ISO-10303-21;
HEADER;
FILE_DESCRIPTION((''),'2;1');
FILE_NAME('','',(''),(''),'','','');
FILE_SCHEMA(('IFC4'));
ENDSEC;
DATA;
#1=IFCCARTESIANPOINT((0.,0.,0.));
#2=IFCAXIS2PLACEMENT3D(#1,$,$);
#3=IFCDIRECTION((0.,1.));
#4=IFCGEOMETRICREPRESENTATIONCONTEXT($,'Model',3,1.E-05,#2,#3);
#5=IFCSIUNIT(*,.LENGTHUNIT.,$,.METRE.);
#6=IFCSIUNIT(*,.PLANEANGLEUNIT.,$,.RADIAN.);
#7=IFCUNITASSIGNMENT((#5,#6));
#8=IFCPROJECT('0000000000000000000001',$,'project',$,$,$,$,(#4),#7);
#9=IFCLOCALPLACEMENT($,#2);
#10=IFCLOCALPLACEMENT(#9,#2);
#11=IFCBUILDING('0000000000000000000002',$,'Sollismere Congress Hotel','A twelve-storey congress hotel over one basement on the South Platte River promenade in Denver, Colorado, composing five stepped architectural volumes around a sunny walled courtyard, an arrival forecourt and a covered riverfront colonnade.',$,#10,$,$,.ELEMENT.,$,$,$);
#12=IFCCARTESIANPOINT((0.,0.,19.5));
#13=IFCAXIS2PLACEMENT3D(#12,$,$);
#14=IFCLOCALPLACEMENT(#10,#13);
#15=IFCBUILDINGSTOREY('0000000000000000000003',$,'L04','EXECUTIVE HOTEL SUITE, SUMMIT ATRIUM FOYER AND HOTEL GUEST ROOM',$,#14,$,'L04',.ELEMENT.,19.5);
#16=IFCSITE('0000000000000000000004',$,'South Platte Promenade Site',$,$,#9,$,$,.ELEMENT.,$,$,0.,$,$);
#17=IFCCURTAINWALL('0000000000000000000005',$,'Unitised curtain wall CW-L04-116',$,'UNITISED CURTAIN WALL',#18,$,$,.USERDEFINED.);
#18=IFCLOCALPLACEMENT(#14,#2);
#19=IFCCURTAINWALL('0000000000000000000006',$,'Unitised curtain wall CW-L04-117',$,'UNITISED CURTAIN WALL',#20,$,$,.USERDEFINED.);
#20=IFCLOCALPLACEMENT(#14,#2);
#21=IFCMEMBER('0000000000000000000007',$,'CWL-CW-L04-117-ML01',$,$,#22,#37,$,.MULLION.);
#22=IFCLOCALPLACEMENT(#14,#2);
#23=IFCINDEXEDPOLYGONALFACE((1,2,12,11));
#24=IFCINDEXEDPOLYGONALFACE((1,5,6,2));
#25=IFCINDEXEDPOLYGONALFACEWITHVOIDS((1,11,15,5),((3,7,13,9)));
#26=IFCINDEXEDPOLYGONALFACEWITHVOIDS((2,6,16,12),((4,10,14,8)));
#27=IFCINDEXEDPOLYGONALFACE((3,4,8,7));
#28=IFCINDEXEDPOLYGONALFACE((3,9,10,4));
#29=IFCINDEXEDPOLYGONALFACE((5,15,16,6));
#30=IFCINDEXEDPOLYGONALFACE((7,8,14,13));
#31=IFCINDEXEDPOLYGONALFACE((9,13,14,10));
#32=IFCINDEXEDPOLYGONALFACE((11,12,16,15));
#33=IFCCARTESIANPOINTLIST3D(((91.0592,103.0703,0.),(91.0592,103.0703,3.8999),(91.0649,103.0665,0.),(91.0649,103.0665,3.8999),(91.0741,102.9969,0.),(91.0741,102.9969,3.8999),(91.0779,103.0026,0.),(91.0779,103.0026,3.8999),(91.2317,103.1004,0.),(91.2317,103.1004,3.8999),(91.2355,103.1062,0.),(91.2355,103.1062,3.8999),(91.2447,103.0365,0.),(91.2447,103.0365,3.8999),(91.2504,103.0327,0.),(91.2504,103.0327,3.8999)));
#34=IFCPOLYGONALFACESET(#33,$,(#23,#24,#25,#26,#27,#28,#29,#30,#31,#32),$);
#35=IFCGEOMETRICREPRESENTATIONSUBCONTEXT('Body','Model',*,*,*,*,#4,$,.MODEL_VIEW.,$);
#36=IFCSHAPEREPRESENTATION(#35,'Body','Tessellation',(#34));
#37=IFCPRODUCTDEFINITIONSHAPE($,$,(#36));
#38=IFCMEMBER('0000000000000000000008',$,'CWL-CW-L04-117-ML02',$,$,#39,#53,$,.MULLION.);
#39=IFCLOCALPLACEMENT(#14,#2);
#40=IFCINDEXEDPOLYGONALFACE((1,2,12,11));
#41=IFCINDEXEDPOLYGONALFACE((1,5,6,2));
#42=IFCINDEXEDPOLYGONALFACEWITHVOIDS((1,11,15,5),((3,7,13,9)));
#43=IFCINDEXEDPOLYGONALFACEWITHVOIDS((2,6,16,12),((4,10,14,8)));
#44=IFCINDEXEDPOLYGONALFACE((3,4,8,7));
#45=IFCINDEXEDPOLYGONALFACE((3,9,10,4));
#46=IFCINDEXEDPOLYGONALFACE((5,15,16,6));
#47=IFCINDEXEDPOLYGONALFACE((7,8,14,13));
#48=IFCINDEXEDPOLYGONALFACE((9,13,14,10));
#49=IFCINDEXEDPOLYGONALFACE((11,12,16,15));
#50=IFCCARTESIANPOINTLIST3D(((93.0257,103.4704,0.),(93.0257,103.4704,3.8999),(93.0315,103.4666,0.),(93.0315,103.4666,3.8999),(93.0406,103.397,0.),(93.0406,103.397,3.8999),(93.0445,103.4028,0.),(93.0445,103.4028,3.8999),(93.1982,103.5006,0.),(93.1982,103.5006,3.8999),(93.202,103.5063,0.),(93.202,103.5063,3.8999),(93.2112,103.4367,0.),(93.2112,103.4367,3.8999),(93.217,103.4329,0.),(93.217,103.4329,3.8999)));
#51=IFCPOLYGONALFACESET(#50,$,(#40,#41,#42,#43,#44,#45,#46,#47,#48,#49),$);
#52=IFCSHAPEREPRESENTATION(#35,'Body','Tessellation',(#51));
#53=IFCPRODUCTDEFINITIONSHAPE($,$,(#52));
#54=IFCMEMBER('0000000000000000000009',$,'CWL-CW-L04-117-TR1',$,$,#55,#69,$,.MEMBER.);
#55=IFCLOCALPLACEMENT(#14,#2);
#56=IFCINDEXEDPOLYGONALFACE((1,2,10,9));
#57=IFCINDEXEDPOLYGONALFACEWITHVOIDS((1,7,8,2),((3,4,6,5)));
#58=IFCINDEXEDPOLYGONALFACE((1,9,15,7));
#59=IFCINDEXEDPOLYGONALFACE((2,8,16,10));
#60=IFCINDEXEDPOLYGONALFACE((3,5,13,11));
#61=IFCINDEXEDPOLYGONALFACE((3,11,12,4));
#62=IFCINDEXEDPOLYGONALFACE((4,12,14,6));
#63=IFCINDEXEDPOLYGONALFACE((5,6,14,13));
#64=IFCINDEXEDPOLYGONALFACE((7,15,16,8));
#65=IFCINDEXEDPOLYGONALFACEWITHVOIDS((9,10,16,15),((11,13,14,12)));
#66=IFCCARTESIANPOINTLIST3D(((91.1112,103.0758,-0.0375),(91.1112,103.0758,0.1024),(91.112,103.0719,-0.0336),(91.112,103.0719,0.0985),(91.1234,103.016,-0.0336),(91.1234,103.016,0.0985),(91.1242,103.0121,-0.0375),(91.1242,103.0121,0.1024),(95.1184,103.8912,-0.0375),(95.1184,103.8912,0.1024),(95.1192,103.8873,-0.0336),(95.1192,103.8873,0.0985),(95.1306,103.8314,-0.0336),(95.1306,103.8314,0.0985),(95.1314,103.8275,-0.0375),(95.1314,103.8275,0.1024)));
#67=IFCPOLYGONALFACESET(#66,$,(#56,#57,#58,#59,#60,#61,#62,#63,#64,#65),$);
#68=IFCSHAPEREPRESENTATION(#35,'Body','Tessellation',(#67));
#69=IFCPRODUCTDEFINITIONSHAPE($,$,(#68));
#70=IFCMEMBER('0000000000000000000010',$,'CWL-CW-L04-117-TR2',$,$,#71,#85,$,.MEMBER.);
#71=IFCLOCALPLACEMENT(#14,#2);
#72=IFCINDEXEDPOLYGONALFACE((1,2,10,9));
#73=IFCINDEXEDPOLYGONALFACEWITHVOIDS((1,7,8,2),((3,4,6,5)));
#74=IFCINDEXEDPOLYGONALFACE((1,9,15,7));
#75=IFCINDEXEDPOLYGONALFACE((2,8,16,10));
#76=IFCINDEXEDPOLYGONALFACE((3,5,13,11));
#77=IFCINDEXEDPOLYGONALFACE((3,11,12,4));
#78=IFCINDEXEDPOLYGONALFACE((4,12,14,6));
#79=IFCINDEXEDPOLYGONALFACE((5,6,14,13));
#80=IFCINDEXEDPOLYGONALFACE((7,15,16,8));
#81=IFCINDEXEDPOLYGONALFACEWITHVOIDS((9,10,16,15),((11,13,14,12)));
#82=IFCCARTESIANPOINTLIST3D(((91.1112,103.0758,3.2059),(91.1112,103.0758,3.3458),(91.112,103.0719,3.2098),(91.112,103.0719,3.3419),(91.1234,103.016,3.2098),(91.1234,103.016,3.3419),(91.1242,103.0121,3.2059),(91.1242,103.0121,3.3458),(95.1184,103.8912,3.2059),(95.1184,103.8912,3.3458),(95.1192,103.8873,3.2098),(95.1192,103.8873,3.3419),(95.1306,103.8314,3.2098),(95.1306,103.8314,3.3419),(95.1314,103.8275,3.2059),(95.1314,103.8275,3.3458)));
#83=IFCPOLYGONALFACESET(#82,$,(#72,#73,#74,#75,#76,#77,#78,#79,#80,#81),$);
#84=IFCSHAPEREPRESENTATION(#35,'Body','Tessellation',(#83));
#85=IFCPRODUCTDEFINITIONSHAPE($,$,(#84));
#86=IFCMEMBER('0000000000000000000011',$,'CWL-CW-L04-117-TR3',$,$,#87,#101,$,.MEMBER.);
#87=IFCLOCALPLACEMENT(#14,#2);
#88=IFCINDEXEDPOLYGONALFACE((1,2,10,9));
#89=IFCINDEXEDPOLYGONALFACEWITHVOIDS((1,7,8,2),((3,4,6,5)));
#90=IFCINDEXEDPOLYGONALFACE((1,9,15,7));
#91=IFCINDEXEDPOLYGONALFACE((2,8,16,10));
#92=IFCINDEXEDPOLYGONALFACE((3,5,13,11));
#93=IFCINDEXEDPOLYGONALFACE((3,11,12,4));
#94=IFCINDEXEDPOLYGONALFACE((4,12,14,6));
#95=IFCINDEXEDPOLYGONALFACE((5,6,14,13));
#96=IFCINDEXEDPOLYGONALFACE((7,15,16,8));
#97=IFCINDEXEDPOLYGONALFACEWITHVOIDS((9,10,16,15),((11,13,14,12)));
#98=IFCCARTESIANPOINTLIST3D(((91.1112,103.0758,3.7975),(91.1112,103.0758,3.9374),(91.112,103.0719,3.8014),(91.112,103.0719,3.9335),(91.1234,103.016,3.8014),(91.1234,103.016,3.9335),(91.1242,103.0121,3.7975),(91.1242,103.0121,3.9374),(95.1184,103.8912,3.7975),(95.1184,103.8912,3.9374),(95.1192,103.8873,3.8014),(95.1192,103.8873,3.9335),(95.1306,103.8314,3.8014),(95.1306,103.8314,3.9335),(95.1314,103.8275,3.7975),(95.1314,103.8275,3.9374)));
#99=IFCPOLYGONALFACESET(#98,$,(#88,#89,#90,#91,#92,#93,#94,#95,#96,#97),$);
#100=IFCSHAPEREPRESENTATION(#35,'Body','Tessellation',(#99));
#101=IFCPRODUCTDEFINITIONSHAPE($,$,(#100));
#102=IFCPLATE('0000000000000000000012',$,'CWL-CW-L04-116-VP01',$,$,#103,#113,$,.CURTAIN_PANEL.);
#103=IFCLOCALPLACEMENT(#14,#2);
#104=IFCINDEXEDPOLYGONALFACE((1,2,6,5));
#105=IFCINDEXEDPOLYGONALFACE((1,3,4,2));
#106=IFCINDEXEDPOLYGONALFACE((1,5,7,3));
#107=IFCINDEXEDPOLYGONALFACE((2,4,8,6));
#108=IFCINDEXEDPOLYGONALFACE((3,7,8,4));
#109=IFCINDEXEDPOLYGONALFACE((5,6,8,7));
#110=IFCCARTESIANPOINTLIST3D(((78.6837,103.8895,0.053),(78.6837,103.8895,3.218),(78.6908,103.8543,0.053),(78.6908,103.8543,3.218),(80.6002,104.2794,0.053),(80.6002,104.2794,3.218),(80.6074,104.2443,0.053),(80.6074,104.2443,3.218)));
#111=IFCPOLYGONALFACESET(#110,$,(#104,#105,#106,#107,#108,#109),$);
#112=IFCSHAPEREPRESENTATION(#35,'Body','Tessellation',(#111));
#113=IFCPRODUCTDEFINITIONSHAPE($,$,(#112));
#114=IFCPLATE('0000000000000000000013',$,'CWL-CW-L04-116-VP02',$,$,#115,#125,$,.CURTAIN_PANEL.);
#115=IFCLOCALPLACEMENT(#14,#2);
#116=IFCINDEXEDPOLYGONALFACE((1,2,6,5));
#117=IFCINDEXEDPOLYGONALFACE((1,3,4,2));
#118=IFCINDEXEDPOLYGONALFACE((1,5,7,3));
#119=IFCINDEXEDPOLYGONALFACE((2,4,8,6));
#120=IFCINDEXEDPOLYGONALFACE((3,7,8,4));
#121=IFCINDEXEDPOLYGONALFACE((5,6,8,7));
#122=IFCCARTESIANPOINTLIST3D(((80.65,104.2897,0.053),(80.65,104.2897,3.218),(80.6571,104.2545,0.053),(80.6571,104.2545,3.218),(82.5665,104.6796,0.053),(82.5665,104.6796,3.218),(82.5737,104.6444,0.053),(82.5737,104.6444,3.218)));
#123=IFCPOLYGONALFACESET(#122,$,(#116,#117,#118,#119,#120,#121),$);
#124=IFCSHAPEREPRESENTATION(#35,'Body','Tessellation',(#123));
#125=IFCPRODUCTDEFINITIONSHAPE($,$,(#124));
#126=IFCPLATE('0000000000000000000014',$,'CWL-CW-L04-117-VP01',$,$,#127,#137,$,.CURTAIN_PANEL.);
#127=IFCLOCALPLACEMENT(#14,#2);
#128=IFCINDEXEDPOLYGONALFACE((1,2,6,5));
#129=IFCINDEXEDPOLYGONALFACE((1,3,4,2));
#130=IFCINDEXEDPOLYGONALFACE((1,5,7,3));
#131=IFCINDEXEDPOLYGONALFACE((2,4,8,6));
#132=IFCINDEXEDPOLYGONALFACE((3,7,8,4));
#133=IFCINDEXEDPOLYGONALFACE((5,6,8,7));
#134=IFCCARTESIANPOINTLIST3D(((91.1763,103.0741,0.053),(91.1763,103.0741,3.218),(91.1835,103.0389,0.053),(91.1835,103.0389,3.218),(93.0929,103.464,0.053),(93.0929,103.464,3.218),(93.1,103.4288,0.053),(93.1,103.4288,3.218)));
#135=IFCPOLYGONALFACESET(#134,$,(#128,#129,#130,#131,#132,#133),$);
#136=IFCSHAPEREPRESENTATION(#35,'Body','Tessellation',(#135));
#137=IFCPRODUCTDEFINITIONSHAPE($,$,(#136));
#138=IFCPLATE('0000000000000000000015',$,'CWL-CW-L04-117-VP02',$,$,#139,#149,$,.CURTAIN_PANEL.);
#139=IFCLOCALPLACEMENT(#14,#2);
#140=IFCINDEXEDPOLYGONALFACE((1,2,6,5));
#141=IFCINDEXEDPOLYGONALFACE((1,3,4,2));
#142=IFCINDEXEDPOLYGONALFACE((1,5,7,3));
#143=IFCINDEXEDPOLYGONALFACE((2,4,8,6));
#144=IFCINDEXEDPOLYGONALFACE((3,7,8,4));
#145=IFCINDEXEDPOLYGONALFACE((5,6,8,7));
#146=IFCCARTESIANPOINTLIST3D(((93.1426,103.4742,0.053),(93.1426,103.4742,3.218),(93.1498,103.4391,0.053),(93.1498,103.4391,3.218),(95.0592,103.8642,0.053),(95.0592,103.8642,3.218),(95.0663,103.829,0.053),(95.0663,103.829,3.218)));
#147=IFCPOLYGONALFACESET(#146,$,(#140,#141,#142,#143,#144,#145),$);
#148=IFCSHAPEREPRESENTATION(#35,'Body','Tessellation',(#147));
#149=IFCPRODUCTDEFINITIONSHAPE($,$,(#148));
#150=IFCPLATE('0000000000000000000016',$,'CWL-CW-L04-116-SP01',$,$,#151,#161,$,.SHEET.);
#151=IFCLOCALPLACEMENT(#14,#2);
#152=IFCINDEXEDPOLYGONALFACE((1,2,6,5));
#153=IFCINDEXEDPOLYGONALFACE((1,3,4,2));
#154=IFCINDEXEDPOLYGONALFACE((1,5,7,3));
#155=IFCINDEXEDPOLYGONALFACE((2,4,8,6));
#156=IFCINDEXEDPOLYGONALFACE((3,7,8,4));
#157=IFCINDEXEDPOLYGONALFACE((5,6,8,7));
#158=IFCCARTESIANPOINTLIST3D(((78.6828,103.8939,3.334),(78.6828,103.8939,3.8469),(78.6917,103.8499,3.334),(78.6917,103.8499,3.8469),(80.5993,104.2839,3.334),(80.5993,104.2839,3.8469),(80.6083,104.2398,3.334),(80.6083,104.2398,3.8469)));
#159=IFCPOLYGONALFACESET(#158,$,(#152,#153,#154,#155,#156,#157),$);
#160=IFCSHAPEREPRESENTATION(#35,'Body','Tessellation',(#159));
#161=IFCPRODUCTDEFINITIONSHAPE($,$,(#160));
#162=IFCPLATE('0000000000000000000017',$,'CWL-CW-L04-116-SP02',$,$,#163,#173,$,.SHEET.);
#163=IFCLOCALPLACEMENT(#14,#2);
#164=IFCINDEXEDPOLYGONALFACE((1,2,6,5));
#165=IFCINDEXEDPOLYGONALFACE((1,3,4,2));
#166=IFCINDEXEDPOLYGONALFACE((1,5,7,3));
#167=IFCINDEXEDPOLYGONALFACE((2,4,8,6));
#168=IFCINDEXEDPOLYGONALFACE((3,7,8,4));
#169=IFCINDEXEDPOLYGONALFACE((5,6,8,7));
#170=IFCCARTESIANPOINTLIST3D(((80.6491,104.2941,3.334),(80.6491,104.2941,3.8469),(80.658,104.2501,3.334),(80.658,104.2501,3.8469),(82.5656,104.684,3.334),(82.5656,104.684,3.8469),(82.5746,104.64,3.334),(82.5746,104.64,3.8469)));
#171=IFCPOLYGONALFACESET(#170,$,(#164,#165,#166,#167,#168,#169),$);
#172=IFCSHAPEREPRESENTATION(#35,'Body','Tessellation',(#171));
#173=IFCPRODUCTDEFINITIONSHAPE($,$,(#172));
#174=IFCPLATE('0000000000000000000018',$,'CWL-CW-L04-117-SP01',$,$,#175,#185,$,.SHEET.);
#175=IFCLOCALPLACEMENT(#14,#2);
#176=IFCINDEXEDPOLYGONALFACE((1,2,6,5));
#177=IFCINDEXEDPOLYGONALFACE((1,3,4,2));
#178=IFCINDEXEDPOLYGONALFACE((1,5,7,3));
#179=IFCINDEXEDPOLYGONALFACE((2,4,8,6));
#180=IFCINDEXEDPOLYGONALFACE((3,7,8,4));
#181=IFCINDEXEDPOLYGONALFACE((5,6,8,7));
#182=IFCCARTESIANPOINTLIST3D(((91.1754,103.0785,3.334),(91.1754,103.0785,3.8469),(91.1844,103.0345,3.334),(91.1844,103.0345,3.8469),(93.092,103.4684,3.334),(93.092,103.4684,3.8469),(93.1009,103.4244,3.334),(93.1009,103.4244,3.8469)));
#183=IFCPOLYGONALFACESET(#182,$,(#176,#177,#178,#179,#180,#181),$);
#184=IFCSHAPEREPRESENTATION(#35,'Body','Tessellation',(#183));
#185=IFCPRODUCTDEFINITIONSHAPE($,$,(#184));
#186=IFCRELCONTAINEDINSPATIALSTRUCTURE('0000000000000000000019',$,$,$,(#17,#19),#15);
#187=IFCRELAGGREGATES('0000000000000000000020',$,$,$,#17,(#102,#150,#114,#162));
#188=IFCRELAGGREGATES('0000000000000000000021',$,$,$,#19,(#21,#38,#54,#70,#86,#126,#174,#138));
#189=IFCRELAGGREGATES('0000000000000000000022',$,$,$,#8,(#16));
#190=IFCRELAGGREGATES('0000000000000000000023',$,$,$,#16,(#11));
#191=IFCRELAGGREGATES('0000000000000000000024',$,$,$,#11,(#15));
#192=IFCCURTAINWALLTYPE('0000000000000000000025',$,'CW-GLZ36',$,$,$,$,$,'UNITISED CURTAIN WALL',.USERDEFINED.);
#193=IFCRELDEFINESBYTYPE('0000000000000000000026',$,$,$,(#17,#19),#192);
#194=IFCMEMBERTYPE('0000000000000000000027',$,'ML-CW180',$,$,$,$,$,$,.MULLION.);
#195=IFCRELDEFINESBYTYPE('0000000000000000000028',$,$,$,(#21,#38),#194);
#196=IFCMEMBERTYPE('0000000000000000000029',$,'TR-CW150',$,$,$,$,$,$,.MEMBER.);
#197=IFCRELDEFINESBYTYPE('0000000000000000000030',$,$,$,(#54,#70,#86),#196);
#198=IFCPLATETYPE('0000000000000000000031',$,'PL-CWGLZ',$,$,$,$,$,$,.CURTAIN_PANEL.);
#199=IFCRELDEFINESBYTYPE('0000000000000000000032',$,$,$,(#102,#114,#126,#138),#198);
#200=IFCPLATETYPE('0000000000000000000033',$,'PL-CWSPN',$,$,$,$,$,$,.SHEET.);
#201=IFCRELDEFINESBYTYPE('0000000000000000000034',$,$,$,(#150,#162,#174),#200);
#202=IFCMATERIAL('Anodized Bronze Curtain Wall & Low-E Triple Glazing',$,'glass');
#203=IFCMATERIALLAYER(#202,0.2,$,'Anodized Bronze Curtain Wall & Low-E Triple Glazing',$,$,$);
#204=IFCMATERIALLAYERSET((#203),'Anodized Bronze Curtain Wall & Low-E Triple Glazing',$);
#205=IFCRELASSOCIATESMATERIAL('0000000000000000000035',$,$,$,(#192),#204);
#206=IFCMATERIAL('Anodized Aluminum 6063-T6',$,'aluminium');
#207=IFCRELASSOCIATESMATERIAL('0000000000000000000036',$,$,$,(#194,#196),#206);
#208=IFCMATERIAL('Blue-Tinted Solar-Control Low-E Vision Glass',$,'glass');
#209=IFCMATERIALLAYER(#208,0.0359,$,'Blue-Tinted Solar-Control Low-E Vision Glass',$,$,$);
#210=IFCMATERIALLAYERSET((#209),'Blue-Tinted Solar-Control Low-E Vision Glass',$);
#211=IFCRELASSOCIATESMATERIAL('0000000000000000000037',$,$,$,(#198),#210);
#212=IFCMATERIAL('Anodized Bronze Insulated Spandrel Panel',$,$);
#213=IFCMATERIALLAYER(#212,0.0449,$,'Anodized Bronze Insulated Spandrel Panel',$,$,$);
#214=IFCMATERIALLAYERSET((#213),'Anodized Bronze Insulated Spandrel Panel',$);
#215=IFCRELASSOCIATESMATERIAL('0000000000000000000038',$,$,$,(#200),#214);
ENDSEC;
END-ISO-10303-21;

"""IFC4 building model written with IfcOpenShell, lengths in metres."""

from ifc_helpers import new_model, si_unit, direction, frame, origin, origin_2d, place, context, subcontext, project, spatial, rectangle, hollow_rectangle, extrude, material, layer, layer_set, material_profile, profile_set, type_object, element, aggregate, save


model = new_model("IFC4")

# Units and contexts
model_context = context("Model", 3, precision=1e-05, world=origin(), true_north=direction((0.0, 1.0)))
body_context = subcontext(model_context, "Body", "Model", "MODEL_VIEW")
ifc_project = project(units=[si_unit("LENGTHUNIT", "METRE"), si_unit("PLANEANGLEUNIT", "RADIAN")], contexts=[model_context])

# Site, building, storey
site_placement = place(None, origin())
site = spatial("IfcSite", under=ifc_project, at=site_placement, Name="South Platte Promenade Site", CompositionType="ELEMENT", RefElevation=0.0)
building_placement = place(site_placement, origin())
building = spatial("IfcBuilding", under=site, at=building_placement, Name="Sollismere Congress Hotel", Description="A twelve-storey congress hotel over one basement on the South Platte River promenade in Denver, Colorado, composing five stepped architectural volumes around a sunny walled courtyard, an arrival forecourt and a covered riverfront colonnade.", CompositionType="ELEMENT")
storey_placement = place(building_placement, frame((0.0, 0.0, 19.5)))
storey = spatial("IfcBuildingStorey", under=building, at=storey_placement, Name="L04", Description="EXECUTIVE HOTEL SUITE, SUMMIT ATRIUM FOYER AND HOTEL GUEST ROOM", LongName="L04", CompositionType="ELEMENT", Elevation=19.5)

# Curtain walls, members
ifc_material_1 = material(Name="Anodized Bronze Curtain Wall & Low-E Triple Glazing", Category="glass")
ifc_layer_1 = layer(ifc_material_1, 0.2, Name="Anodized Bronze Curtain Wall & Low-E Triple Glazing")
ifc_layer_set_1 = layer_set([ifc_layer_1], Name="Anodized Bronze Curtain Wall & Low-E Triple Glazing")
curtain_wall_type = type_object("IfcCurtainWallType", Name="CW-GLZ36", ElementType="UNITISED CURTAIN WALL", PredefinedType="USERDEFINED", material=ifc_layer_set_1)
curtain_wall_1_placement = place(storey_placement, origin())
curtain_wall_1 = element("IfcCurtainWall", 1, at=curtain_wall_1_placement, inside=storey, type_object=curtain_wall_type, Name="Unitised curtain wall CW-L04-116", ObjectType="UNITISED CURTAIN WALL", PredefinedType="USERDEFINED")
ifc_material_2 = material(Name="Anodized Aluminum 6063-T6", Category="aluminium")
ifc_material_profile_1 = material_profile(ifc_material_2, hollow_rectangle(XDim=0.075, YDim=0.1799, WallThickness=0.0049, at=origin_2d()), Name="ALU180X75X5")
ifc_profile_set_1 = profile_set([ifc_material_profile_1], Name="Anodized Aluminum 6063-T6")
member_type_1 = type_object("IfcMemberType", Name="ML-CW180", PredefinedType="MULLION", material=ifc_profile_set_1)
curtain_wall_2_placement = place(storey_placement, origin())
curtain_wall_2 = element("IfcCurtainWall", 2, at=curtain_wall_2_placement, inside=storey, type_object=curtain_wall_type, Name="Unitised curtain wall CW-L04-117", ObjectType="UNITISED CURTAIN WALL", PredefinedType="USERDEFINED")
member_1_placement = place(storey_placement, frame((91.1548, 103.0515, 0.0), z_axis=(0.0, 0.0, 1.0), x_axis=(-0.199368, 0.979925, 0.0)))
member_1 = element("IfcMember", 3, at=member_1_placement, type_object=member_type_1, Name="CWL-CW-L04-117-ML01", PredefinedType="MULLION", context=body_context, shape_type="SweptSolid", body=[
    extrude(hollow_rectangle(XDim=0.075, YDim=0.1799, WallThickness=0.0049, at=origin_2d()), origin(), (0.0, 0.0, 1.0), 3.8999),
])
member_2_placement = place(storey_placement, frame((93.1213, 103.4517, 0.0), z_axis=(0.0, 0.0, 1.0), x_axis=(-0.199368, 0.979925, 0.0)))
member_2 = element("IfcMember", 4, at=member_2_placement, type_object=member_type_1, Name="CWL-CW-L04-117-ML02", PredefinedType="MULLION", context=body_context, shape_type="SweptSolid", body=[
    extrude(hollow_rectangle(XDim=0.075, YDim=0.1799, WallThickness=0.0049, at=origin_2d()), origin(), (0.0, 0.0, 1.0), 3.8999),
])
ifc_material_profile_2 = material_profile(ifc_material_2, hollow_rectangle(XDim=0.0649, YDim=0.1399, WallThickness=0.0039, at=origin_2d()), Name="ALU140X65X4")
ifc_profile_set_2 = profile_set([ifc_material_profile_2], Name="Anodized Aluminum 6063-T6")
member_type_2 = type_object("IfcMemberType", Name="TR-CW150", PredefinedType="MEMBER", material=ifc_profile_set_2)
member_3_placement = place(storey_placement, frame((91.1177, 103.0439, 0.0325), z_axis=(0.979918, 0.199399, 0.0), x_axis=(-0.199399, 0.979918, 0.0)))
member_3 = element("IfcMember", 5, at=member_3_placement, type_object=member_type_2, Name="CWL-CW-L04-117-TR1", PredefinedType="MEMBER", context=body_context, shape_type="SweptSolid", body=[
    extrude(hollow_rectangle(XDim=0.0649, YDim=0.1399, WallThickness=0.0039, at=origin_2d()), origin(), (0.0, 0.0, 1.0), 4.0894),
])
member_4_placement = place(storey_placement, frame((91.1177, 103.0439, 3.2759), z_axis=(0.979918, 0.199399, 0.0), x_axis=(-0.199399, 0.979918, 0.0)))
member_4 = element("IfcMember", 6, at=member_4_placement, type_object=member_type_2, Name="CWL-CW-L04-117-TR2", PredefinedType="MEMBER", context=body_context, shape_type="SweptSolid", body=[
    extrude(hollow_rectangle(XDim=0.0649, YDim=0.1399, WallThickness=0.0039, at=origin_2d()), origin(), (0.0, 0.0, 1.0), 4.0894),
])
member_5_placement = place(storey_placement, frame((91.1177, 103.0439, 3.8674), z_axis=(0.979918, 0.199399, 0.0), x_axis=(-0.199399, 0.979918, 0.0)))
member_5 = element("IfcMember", 7, at=member_5_placement, type_object=member_type_2, Name="CWL-CW-L04-117-TR3", PredefinedType="MEMBER", context=body_context, shape_type="SweptSolid", body=[
    extrude(hollow_rectangle(XDim=0.0649, YDim=0.1399, WallThickness=0.0039, at=origin_2d()), origin(), (0.0, 0.0, 1.0), 4.0894),
])

# Plates
ifc_material_3 = material(Name="Blue-Tinted Solar-Control Low-E Vision Glass", Category="glass")
ifc_layer_2 = layer(ifc_material_3, 0.0359, Name="Blue-Tinted Solar-Control Low-E Vision Glass")
ifc_layer_set_2 = layer_set([ifc_layer_2], Name="Blue-Tinted Solar-Control Low-E Vision Glass")
plate_type_1 = type_object("IfcPlateType", Name="PL-CWGLZ", PredefinedType="CURTAIN_PANEL", material=ifc_layer_set_2)
plate_1_placement = place(storey_placement, frame((79.6455, 104.0669, 0.053), z_axis=(0.0, 0.0, 1.0), x_axis=(0.979925, 0.199368, 0.0)))
plate_1 = element("IfcPlate", 8, at=plate_1_placement, type_object=plate_type_1, Name="CWL-CW-L04-116-VP01", PredefinedType="CURTAIN_PANEL", context=body_context, shape_type="SweptSolid", body=[
    extrude(rectangle(XDim=1.9558, YDim=0.0359, at=origin_2d()), origin(), (0.0, 0.0, 1.0), 3.165),
])
plate_2_placement = place(storey_placement, frame((81.6118, 104.467, 0.053), z_axis=(0.0, 0.0, 1.0), x_axis=(0.979925, 0.199368, 0.0)))
plate_2 = element("IfcPlate", 9, at=plate_2_placement, type_object=plate_type_1, Name="CWL-CW-L04-116-VP02", PredefinedType="CURTAIN_PANEL", context=body_context, shape_type="SweptSolid", body=[
    extrude(rectangle(XDim=1.9558, YDim=0.0359, at=origin_2d()), origin(), (0.0, 0.0, 1.0), 3.165),
])
plate_3_placement = place(storey_placement, frame((92.1382, 103.2515, 0.053), z_axis=(0.0, 0.0, 1.0), x_axis=(0.979925, 0.199368, 0.0)))
plate_3 = element("IfcPlate", 10, at=plate_3_placement, type_object=plate_type_1, Name="CWL-CW-L04-117-VP01", PredefinedType="CURTAIN_PANEL", context=body_context, shape_type="SweptSolid", body=[
    extrude(rectangle(XDim=1.9558, YDim=0.0359, at=origin_2d()), origin(), (0.0, 0.0, 1.0), 3.165),
])
plate_4_placement = place(storey_placement, frame((94.1045, 103.6516, 0.053), z_axis=(0.0, 0.0, 1.0), x_axis=(0.979925, 0.199368, 0.0)))
plate_4 = element("IfcPlate", 11, at=plate_4_placement, type_object=plate_type_1, Name="CWL-CW-L04-117-VP02", PredefinedType="CURTAIN_PANEL", context=body_context, shape_type="SweptSolid", body=[
    extrude(rectangle(XDim=1.9558, YDim=0.0359, at=origin_2d()), origin(), (0.0, 0.0, 1.0), 3.165),
])
ifc_material_4 = material(Name="Anodized Bronze Insulated Spandrel Panel")
ifc_layer_3 = layer(ifc_material_4, 0.0449, Name="Anodized Bronze Insulated Spandrel Panel")
ifc_layer_set_3 = layer_set([ifc_layer_3], Name="Anodized Bronze Insulated Spandrel Panel")
plate_type_2 = type_object("IfcPlateType", Name="PL-CWSPN", PredefinedType="SHEET", material=ifc_layer_set_3)
plate_5_placement = place(storey_placement, frame((79.6455, 104.0669, 3.334), z_axis=(0.0, 0.0, 1.0), x_axis=(0.979925, 0.199368, 0.0)))
plate_5 = element("IfcPlate", 12, at=plate_5_placement, type_object=plate_type_2, Name="CWL-CW-L04-116-SP01", PredefinedType="SHEET", context=body_context, shape_type="SweptSolid", body=[
    extrude(rectangle(XDim=1.9558, YDim=0.0449, at=origin_2d()), origin(), (0.0, 0.0, 1.0), 0.5129),
])
plate_6_placement = place(storey_placement, frame((81.6118, 104.467, 3.334), z_axis=(0.0, 0.0, 1.0), x_axis=(0.979925, 0.199368, 0.0)))
plate_6 = element("IfcPlate", 13, at=plate_6_placement, type_object=plate_type_2, Name="CWL-CW-L04-116-SP02", PredefinedType="SHEET", context=body_context, shape_type="SweptSolid", body=[
    extrude(rectangle(XDim=1.9558, YDim=0.0449, at=origin_2d()), origin(), (0.0, 0.0, 1.0), 0.5129),
])
aggregate(curtain_wall_1, [plate_1, plate_5, plate_2, plate_6])
plate_7_placement = place(storey_placement, frame((92.1382, 103.2515, 3.334), z_axis=(0.0, 0.0, 1.0), x_axis=(0.979925, 0.199368, 0.0)))
plate_7 = element("IfcPlate", 14, at=plate_7_placement, type_object=plate_type_2, Name="CWL-CW-L04-117-SP01", PredefinedType="SHEET", context=body_context, shape_type="SweptSolid", body=[
    extrude(rectangle(XDim=1.9558, YDim=0.0449, at=origin_2d()), origin(), (0.0, 0.0, 1.0), 0.5129),
])
aggregate(curtain_wall_2, [member_1, member_2, member_3, member_4, member_5, plate_3, plate_7, plate_4])

save(model, "model.ifc")
